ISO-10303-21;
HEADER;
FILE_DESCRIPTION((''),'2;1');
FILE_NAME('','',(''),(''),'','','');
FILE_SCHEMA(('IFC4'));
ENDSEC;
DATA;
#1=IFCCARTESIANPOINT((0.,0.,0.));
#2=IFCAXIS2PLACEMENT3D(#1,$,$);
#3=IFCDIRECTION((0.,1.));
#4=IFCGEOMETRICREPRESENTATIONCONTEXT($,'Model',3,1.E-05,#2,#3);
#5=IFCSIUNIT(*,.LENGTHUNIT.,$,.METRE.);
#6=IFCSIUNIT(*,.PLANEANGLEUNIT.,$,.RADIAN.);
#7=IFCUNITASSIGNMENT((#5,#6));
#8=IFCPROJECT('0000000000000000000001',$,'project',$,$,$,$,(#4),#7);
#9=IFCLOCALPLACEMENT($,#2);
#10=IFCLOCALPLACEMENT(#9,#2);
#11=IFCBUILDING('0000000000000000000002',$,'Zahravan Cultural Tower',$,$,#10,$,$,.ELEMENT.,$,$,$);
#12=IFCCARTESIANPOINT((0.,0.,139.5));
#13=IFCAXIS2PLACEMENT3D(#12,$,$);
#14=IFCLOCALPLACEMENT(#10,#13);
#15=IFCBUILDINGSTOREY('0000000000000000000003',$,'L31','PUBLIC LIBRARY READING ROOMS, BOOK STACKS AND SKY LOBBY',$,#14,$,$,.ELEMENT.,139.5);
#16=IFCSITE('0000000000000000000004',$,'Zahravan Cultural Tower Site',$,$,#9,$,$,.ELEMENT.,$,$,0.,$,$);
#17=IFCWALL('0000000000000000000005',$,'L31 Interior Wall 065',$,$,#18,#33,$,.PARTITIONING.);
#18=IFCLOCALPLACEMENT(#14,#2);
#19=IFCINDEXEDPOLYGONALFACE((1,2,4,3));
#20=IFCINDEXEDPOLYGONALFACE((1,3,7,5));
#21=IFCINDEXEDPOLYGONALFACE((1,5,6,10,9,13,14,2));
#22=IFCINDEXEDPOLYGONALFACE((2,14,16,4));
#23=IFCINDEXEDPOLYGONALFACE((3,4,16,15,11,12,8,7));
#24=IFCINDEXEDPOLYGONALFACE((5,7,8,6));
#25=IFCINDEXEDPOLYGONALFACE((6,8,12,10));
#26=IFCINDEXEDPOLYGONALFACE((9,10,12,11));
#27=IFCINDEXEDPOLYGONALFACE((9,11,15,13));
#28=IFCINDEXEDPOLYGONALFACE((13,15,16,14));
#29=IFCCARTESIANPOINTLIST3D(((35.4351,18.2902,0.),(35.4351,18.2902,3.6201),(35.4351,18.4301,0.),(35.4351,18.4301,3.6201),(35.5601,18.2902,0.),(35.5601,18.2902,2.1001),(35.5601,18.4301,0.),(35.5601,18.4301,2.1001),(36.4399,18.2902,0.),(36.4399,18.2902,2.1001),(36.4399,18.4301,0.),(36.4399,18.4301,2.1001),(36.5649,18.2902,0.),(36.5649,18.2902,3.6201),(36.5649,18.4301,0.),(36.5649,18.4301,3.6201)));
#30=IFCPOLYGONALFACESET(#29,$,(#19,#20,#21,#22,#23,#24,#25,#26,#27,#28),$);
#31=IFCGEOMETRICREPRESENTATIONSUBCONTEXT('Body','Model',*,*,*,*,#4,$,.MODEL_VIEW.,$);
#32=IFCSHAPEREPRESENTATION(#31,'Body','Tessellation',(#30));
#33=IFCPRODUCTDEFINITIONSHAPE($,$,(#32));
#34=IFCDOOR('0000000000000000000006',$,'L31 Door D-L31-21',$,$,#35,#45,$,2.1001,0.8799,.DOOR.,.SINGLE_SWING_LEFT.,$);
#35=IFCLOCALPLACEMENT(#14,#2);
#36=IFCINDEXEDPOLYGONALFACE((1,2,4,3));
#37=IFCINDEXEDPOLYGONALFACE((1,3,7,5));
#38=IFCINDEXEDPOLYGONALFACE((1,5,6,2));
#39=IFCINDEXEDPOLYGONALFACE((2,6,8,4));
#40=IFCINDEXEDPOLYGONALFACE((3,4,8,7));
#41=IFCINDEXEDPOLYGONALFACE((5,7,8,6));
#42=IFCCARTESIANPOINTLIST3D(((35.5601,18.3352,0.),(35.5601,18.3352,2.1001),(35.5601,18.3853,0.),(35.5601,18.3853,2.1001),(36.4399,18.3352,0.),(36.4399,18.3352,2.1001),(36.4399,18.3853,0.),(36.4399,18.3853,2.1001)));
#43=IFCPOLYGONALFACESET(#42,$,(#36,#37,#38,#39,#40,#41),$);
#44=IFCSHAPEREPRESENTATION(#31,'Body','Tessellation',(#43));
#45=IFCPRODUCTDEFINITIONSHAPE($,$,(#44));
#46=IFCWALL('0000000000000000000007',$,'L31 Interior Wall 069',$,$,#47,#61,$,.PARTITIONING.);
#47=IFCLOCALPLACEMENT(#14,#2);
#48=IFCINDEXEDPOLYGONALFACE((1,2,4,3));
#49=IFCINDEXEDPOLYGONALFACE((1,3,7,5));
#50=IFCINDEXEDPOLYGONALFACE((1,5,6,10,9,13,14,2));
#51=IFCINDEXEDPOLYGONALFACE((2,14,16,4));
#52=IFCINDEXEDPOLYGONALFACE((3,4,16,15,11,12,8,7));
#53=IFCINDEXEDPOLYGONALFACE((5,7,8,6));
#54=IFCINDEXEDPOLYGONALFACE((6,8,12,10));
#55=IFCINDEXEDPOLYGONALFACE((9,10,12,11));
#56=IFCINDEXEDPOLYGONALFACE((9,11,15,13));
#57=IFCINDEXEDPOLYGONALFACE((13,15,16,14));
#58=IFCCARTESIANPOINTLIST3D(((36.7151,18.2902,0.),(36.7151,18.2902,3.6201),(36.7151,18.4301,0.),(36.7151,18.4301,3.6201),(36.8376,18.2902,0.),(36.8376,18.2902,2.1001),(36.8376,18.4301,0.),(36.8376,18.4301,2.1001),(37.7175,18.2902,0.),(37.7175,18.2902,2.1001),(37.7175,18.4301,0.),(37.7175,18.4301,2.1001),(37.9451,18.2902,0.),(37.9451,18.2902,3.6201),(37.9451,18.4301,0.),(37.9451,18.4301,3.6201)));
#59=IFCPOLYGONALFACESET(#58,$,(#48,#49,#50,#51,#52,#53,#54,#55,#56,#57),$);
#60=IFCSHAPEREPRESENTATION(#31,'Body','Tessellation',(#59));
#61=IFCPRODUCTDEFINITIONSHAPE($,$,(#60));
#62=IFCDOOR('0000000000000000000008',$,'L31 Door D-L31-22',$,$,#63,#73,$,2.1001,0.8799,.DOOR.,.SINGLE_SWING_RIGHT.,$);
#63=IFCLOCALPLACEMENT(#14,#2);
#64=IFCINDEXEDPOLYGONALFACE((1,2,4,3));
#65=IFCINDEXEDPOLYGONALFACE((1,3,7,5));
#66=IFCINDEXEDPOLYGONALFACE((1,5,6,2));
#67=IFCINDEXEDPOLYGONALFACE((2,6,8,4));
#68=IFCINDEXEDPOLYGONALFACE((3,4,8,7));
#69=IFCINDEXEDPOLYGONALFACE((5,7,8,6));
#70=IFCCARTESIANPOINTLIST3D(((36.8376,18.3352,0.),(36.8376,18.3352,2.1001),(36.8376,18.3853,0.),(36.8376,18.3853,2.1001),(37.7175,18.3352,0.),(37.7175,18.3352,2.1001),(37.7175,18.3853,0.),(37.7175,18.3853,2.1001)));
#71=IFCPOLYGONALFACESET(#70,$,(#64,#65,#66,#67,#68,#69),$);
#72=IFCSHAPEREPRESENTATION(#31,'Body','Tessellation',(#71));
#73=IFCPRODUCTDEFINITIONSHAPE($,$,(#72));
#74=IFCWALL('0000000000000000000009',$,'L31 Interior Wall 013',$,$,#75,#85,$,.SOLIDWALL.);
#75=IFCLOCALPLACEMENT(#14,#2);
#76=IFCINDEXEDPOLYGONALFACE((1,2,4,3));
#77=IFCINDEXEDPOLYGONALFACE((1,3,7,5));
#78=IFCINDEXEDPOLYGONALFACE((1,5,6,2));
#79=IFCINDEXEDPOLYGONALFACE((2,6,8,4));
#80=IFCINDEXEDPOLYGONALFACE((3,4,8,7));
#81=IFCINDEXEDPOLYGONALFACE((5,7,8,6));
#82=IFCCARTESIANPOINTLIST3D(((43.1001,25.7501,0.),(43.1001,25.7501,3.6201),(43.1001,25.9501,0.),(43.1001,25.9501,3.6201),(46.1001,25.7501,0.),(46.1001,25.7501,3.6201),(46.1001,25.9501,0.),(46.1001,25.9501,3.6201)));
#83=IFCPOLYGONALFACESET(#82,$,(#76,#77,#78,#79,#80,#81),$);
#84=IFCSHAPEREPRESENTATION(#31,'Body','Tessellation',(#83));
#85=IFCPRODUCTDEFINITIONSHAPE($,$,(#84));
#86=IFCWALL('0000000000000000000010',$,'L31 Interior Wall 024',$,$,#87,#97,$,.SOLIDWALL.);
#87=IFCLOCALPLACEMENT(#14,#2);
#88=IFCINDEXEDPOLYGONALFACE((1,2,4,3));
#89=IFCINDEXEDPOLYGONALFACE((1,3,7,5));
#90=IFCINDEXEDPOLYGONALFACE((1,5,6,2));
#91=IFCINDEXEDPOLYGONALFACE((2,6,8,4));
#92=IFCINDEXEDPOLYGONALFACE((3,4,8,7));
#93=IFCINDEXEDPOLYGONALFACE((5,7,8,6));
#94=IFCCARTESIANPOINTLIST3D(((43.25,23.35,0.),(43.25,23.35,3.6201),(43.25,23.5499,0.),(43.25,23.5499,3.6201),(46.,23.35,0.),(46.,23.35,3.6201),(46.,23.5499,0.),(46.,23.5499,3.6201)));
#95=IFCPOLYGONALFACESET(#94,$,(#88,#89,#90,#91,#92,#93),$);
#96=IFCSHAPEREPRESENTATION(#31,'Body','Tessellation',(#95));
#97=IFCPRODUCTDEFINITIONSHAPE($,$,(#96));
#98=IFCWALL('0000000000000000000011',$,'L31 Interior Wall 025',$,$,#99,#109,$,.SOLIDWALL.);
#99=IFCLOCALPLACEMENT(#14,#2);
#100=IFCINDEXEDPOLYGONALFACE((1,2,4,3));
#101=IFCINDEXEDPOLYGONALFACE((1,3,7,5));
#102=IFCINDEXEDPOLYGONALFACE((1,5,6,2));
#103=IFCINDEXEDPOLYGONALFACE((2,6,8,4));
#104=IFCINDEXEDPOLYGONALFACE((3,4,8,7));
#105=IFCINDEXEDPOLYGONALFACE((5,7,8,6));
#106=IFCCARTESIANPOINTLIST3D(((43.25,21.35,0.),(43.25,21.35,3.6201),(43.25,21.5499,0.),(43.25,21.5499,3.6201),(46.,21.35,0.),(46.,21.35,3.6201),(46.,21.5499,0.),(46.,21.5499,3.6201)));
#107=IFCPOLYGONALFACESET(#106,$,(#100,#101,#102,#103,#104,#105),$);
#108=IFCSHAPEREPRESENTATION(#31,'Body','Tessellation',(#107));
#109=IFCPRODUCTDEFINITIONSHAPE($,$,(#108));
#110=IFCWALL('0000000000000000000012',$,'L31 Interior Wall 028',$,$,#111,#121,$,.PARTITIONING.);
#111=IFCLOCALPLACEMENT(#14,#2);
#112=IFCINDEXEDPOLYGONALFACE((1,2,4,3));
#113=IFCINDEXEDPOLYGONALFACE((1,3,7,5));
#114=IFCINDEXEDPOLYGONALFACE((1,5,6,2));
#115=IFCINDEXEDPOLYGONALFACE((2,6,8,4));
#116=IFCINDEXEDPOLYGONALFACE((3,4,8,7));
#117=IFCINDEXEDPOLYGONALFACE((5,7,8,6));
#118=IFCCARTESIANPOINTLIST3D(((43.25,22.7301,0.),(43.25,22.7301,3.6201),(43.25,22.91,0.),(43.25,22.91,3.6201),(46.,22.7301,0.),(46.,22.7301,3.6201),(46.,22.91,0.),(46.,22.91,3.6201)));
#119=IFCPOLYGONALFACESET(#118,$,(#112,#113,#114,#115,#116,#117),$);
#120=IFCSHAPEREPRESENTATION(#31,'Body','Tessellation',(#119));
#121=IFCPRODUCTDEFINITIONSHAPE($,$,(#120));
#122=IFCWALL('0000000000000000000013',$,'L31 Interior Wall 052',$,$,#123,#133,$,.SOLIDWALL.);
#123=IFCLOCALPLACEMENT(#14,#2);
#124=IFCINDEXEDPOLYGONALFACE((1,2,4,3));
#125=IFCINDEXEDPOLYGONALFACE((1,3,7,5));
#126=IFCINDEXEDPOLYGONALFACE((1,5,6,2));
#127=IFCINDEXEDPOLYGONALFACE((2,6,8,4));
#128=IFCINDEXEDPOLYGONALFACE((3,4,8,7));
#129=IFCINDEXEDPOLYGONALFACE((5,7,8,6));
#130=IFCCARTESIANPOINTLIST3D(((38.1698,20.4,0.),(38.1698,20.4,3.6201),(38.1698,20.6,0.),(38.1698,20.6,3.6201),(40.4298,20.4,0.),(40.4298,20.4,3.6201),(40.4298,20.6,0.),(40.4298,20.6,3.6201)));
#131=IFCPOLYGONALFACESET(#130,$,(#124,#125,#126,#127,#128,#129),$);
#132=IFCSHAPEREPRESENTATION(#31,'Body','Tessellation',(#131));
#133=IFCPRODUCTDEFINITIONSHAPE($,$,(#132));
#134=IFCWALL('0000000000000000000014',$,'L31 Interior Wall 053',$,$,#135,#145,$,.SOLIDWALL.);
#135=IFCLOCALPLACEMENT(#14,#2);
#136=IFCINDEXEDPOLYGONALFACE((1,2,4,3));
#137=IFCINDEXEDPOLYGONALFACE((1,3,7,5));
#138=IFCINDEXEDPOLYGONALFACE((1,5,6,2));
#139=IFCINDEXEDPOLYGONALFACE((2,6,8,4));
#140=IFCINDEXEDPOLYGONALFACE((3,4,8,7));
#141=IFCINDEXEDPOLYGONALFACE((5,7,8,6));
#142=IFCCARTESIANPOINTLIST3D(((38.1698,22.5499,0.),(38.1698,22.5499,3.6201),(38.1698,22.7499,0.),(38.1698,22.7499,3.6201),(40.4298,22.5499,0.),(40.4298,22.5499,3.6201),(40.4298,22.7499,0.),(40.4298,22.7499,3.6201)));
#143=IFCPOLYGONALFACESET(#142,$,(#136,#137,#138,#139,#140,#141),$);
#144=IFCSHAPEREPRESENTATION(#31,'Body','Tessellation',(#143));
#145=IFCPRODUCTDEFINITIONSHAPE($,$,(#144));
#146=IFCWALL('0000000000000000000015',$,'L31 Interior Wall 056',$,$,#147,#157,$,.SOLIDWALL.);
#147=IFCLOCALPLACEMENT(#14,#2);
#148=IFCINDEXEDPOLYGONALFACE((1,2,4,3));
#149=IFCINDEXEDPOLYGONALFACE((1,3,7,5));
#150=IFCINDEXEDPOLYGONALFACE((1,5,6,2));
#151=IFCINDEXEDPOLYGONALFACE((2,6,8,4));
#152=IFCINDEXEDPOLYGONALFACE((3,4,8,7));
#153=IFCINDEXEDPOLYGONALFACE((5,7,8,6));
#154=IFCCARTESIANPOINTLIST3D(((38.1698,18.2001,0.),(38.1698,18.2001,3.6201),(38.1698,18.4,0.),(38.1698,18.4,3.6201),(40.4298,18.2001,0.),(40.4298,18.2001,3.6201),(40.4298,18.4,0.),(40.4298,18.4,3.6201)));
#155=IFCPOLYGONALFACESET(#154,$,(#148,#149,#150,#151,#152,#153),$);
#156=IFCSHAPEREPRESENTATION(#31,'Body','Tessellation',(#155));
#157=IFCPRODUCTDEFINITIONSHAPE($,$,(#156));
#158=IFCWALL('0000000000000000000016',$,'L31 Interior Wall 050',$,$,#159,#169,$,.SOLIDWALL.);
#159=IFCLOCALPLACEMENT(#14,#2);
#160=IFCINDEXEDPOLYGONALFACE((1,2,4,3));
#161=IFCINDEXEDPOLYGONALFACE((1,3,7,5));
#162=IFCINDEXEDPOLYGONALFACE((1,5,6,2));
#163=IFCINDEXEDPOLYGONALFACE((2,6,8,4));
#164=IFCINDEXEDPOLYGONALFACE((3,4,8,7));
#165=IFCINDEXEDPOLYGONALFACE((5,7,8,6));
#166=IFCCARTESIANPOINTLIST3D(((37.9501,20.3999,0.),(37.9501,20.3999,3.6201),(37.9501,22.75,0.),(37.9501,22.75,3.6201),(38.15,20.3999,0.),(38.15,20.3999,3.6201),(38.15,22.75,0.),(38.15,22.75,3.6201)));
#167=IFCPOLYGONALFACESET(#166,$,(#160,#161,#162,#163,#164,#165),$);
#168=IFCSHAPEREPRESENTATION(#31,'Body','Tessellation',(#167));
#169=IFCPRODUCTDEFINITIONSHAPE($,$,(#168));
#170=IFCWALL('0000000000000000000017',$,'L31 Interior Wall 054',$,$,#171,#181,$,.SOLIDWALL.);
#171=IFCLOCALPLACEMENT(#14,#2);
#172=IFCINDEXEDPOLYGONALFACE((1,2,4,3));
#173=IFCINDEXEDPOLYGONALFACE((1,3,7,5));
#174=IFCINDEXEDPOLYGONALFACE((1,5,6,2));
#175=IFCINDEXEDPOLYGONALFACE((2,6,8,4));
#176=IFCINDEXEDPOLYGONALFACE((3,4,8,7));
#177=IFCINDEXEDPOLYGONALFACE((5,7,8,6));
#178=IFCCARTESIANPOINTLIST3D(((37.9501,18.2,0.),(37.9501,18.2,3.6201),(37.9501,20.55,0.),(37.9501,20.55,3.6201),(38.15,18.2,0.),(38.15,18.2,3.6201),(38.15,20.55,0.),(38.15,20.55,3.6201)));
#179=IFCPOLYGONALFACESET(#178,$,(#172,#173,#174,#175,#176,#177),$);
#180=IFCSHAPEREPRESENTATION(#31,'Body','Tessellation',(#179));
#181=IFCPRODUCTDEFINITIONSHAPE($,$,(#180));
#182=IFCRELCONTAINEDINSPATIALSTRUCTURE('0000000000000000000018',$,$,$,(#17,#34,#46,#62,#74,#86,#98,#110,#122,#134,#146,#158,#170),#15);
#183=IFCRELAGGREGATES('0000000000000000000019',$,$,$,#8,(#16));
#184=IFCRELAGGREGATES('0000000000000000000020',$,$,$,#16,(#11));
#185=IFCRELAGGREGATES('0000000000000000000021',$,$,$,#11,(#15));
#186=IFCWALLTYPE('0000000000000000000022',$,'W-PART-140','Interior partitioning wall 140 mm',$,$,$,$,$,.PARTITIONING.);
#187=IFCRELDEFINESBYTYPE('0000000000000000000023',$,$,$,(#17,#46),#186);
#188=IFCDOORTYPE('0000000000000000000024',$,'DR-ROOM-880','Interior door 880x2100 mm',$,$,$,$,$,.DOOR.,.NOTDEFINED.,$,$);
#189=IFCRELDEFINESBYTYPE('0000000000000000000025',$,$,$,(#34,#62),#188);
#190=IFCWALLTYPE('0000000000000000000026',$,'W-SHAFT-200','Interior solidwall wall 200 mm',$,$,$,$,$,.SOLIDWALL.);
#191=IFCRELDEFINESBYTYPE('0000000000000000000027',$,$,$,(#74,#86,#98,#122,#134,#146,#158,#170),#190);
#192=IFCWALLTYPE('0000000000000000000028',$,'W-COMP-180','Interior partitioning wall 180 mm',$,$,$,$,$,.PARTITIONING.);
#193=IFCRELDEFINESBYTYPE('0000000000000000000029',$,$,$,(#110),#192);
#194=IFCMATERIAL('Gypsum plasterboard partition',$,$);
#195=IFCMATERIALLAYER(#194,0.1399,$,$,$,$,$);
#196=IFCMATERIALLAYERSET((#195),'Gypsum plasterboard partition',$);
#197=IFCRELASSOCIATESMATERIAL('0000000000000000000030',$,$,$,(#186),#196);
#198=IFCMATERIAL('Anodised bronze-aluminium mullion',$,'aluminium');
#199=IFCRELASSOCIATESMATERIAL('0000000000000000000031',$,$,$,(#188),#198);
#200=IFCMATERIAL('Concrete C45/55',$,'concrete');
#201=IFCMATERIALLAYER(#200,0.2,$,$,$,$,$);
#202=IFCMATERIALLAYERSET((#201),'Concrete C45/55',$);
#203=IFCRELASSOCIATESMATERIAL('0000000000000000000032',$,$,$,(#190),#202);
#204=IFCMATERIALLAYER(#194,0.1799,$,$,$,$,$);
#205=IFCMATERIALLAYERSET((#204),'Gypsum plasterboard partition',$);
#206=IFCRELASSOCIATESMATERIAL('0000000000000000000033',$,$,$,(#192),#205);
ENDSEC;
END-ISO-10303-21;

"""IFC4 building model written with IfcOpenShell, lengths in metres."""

from ifc_helpers import new_model, si_unit, direction, frame, frame_2d, origin, place, context, subcontext, project, spatial, rectangle, extrude, source, transform, mapped, material, layer, layer_set, type_object, element, fill, save


model = new_model("IFC4")

# Units and contexts
model_context = context("Model", 3, precision=1e-05, world=origin(), true_north=direction((0.0, 1.0)))
body_context = subcontext(model_context, "Body", "Model", "MODEL_VIEW")
ifc_project = project(units=[si_unit("LENGTHUNIT", "METRE"), si_unit("PLANEANGLEUNIT", "RADIAN")], contexts=[model_context])

# Site, building, storey
site_placement = place(None, origin())
site = spatial("IfcSite", under=ifc_project, at=site_placement, Name="Zahravan Cultural Tower Site", CompositionType="ELEMENT", RefElevation=0.0)
building_placement = place(site_placement, origin())
building = spatial("IfcBuilding", under=site, at=building_placement, Name="Zahravan Cultural Tower", CompositionType="ELEMENT")
storey_placement = place(building_placement, frame((0.0, 0.0, 139.5)))
storey = spatial("IfcBuildingStorey", under=building, at=storey_placement, Name="L31", Description="PUBLIC LIBRARY READING ROOMS, BOOK STACKS AND SKY LOBBY", CompositionType="ELEMENT", Elevation=139.5)

# Walls, openings, doors
ifc_material_1 = material(Name="Gypsum plasterboard partition")
ifc_layer_1 = layer(ifc_material_1, 0.1399)
ifc_layer_set_1 = layer_set([ifc_layer_1], Name="Gypsum plasterboard partition")
wall_type_1 = type_object("IfcWallType", Name="W-PART-140", Description="Interior partitioning wall 140 mm", PredefinedType="PARTITIONING", material=ifc_layer_set_1)
wall_1_placement = place(storey_placement, frame((36.5649, 18.3601, 0.0), z_axis=(0.0, 0.0, 1.0), x_axis=(-1.0, 0.0, 0.0)))
wall_1 = element("IfcWall", 1, at=wall_1_placement, inside=storey, type_object=wall_type_1, Name="L31 Interior Wall 065", PredefinedType="PARTITIONING", context=body_context, shape_type="SweptSolid", body=[
    extrude(rectangle(XDim=1.1299, YDim=0.1399, at=frame_2d((0.5649, 0.0))), origin(), (0.0, 0.0, 1.0), 3.6201),
])
opening_1_placement = place(wall_1_placement, frame((0.125, 0.0, 0.0)))
opening_1 = element("IfcOpeningElement", 2, at=opening_1_placement, cuts=wall_1, PredefinedType="OPENING", context=body_context, shape_type="SweptSolid", body=[
    extrude(rectangle(XDim=0.8799, YDim=2.1001, at=frame_2d((0.4399, 1.05))), frame((0.0, 0.0798, 0.0), z_axis=(0.0, -1.0, 0.0), x_axis=(1.0, 0.0, 0.0)), (0.0, 0.0, 1.0), 0.1599),
])
ifc_material_2 = material(Name="Anodised bronze-aluminium mullion", Category="aluminium")
door_type_1 = type_object("IfcDoorType", Name="DR-ROOM-880", Description="Interior door 880x2100 mm", OperationType="NOTDEFINED", PredefinedType="DOOR", material=ifc_material_2)
shared_shape_1 = source(origin(), body_context, "Body", "SweptSolid", [
    extrude(rectangle(XDim=0.8799, YDim=2.1001, at=frame_2d((0.4399, 1.05))), frame((0.0, 0.0249, 0.0), z_axis=(0.0, -1.0, 0.0), x_axis=(1.0, 0.0, 0.0)), (0.0, 0.0, 1.0), 0.05),
])
door_1_placement = place(opening_1_placement, origin())
door_1 = element("IfcDoor", 3, at=door_1_placement, inside=storey, type_object=door_type_1, Name="L31 Door D-L31-21", OperationType="SINGLE_SWING_LEFT", OverallHeight=2.1001, OverallWidth=0.8799, PredefinedType="DOOR", context=body_context, shape_type="MappedRepresentation", body=[
    mapped(shared_shape_1, transform((0.0, 0.0, 0.0), x_axis=(1.0, 0.0, 0.0), y_axis=(0.0, 1.0, 0.0), z_axis=(0.0, 0.0, 1.0), scale=1.0)),
])
fill(opening_1, door_1)
wall_2_placement = place(storey_placement, frame((37.9451, 18.3601, 0.0), z_axis=(0.0, 0.0, 1.0), x_axis=(-1.0, 0.0, 0.0)))
wall_2 = element("IfcWall", 4, at=wall_2_placement, inside=storey, type_object=wall_type_1, Name="L31 Interior Wall 069", PredefinedType="PARTITIONING", context=body_context, shape_type="SweptSolid", body=[
    extrude(rectangle(XDim=1.23, YDim=0.1399, at=frame_2d((0.615, 0.0))), origin(), (0.0, 0.0, 1.0), 3.6201),
])
opening_2_placement = place(wall_2_placement, frame((0.2275, 0.0, 0.0)))
opening_2 = element("IfcOpeningElement", 5, at=opening_2_placement, cuts=wall_2, PredefinedType="OPENING", context=body_context, shape_type="SweptSolid", body=[
    extrude(rectangle(XDim=0.8799, YDim=2.1001, at=frame_2d((0.4399, 1.05))), frame((0.0, 0.0798, 0.0), z_axis=(0.0, -1.0, 0.0), x_axis=(1.0, 0.0, 0.0)), (0.0, 0.0, 1.0), 0.1599),
])
door_2_placement = place(opening_2_placement, origin())
door_2 = element("IfcDoor", 6, at=door_2_placement, inside=storey, type_object=door_type_1, Name="L31 Door D-L31-22", OperationType="SINGLE_SWING_RIGHT", OverallHeight=2.1001, OverallWidth=0.8799, PredefinedType="DOOR", context=body_context, shape_type="MappedRepresentation", body=[
    mapped(shared_shape_1, transform((0.0, 0.0, 0.0), x_axis=(1.0, 0.0, 0.0), y_axis=(0.0, 1.0, 0.0), z_axis=(0.0, 0.0, 1.0), scale=1.0)),
])
fill(opening_2, door_2)
ifc_material_3 = material(Name="Concrete C45/55", Category="concrete")
ifc_layer_2 = layer(ifc_material_3, 0.2)
ifc_layer_set_2 = layer_set([ifc_layer_2], Name="Concrete C45/55")
wall_type_2 = type_object("IfcWallType", Name="W-SHAFT-200", Description="Interior solidwall wall 200 mm", PredefinedType="SOLIDWALL", material=ifc_layer_set_2)

# Walls
shared_shape_2 = source(origin(), body_context, "Body", "SweptSolid", [
    extrude(rectangle(XDim=3.0, YDim=0.2, at=frame_2d((1.5, 0.0))), origin(), (0.0, 0.0, 1.0), 3.6201),
])
wall_3_placement = place(storey_placement, frame((43.1001, 25.8501, 0.0), z_axis=(0.0, 0.0, 1.0), x_axis=(1.0, 0.0, 0.0)))
element("IfcWall", 7, at=wall_3_placement, inside=storey, type_object=wall_type_2, Name="L31 Interior Wall 013", PredefinedType="SOLIDWALL", context=body_context, shape_type="MappedRepresentation", body=[
    mapped(shared_shape_2, transform((0.0, 0.0, 0.0), x_axis=(1.0, 0.0, 0.0), y_axis=(0.0, 1.0, 0.0), z_axis=(0.0, 0.0, 1.0), scale=1.0)),
])
shared_shape_3 = source(origin(), body_context, "Body", "SweptSolid", [
    extrude(rectangle(XDim=2.75, YDim=0.2, at=frame_2d((1.375, 0.0))), origin(), (0.0, 0.0, 1.0), 3.6201),
])
for number, where, z_axis, x_axis, name in (
    (8, (43.25, 23.45, 0.0), (0.0, 0.0, 1.0), (1.0, 0.0, 0.0), "L31 Interior Wall 024"),
    (9, (43.25, 21.45, 0.0), (0.0, 0.0, 1.0), (1.0, 0.0, 0.0), "L31 Interior Wall 025"),
):
    element("IfcWall", number, at=place(storey_placement, frame(where, z_axis=z_axis, x_axis=x_axis)), inside=storey, type_object=wall_type_2, Name=name, PredefinedType="SOLIDWALL", context=body_context, shape_type="MappedRepresentation", body=[
        mapped(shared_shape_3, transform((0.0, 0.0, 0.0), x_axis=(1.0, 0.0, 0.0), y_axis=(0.0, 1.0, 0.0), z_axis=(0.0, 0.0, 1.0), scale=1.0)),
    ])
ifc_layer_3 = layer(ifc_material_1, 0.1799)
ifc_layer_set_3 = layer_set([ifc_layer_3], Name="Gypsum plasterboard partition")
wall_type_3 = type_object("IfcWallType", Name="W-COMP-180", Description="Interior partitioning wall 180 mm", PredefinedType="PARTITIONING", material=ifc_layer_set_3)
shared_shape_4 = source(origin(), body_context, "Body", "SweptSolid", [
    extrude(rectangle(XDim=2.75, YDim=0.1799, at=frame_2d((1.375, 0.0))), origin(), (0.0, 0.0, 1.0), 3.6201),
])
wall_4_placement = place(storey_placement, frame((43.25, 22.8201, 0.0), z_axis=(0.0, 0.0, 1.0), x_axis=(1.0, 0.0, 0.0)))
element("IfcWall", 10, at=wall_4_placement, inside=storey, type_object=wall_type_3, Name="L31 Interior Wall 028", PredefinedType="PARTITIONING", context=body_context, shape_type="MappedRepresentation", body=[
    mapped(shared_shape_4, transform((0.0, 0.0, 0.0), x_axis=(1.0, 0.0, 0.0), y_axis=(0.0, 1.0, 0.0), z_axis=(0.0, 0.0, 1.0), scale=1.0)),
])
shared_shape_5 = source(origin(), body_context, "Body", "SweptSolid", [
    extrude(rectangle(XDim=2.26, YDim=0.2, at=frame_2d((1.1299, 0.0))), origin(), (0.0, 0.0, 1.0), 3.6201),
])
for number, where, z_axis, x_axis, name in (
    (11, (38.1699, 20.5, 0.0), (0.0, 0.0, 1.0), (1.0, 0.0, 0.0), "L31 Interior Wall 052"),
    (12, (38.1699, 22.6499, 0.0), (0.0, 0.0, 1.0), (1.0, 0.0, 0.0), "L31 Interior Wall 053"),
    (13, (38.1699, 18.3, 0.0), (0.0, 0.0, 1.0), (1.0, 0.0, 0.0), "L31 Interior Wall 056"),
):
    element("IfcWall", number, at=place(storey_placement, frame(where, z_axis=z_axis, x_axis=x_axis)), inside=storey, type_object=wall_type_2, Name=name, PredefinedType="SOLIDWALL", context=body_context, shape_type="MappedRepresentation", body=[
        mapped(shared_shape_5, transform((0.0, 0.0, 0.0), x_axis=(1.0, 0.0, 0.0), y_axis=(0.0, 1.0, 0.0), z_axis=(0.0, 0.0, 1.0), scale=1.0)),
    ])
shared_shape_6 = source(origin(), body_context, "Body", "SweptSolid", [
    extrude(rectangle(XDim=2.3501, YDim=0.2, at=frame_2d((1.175, 0.0))), origin(), (0.0, 0.0, 1.0), 3.6201),
])
for number, where, z_axis, x_axis, name in (
    (14, (38.05, 20.3999, 0.0), (0.0, 0.0, 1.0), (0.0, 1.0, 0.0), "L31 Interior Wall 050"),
    (15, (38.05, 18.2, 0.0), (0.0, 0.0, 1.0), (0.0, 1.0, 0.0), "L31 Interior Wall 054"),
):
    element("IfcWall", number, at=place(storey_placement, frame(where, z_axis=z_axis, x_axis=x_axis)), inside=storey, type_object=wall_type_2, Name=name, PredefinedType="SOLIDWALL", context=body_context, shape_type="MappedRepresentation", body=[
        mapped(shared_shape_6, transform((0.0, 0.0, 0.0), x_axis=(1.0, 0.0, 0.0), y_axis=(0.0, 1.0, 0.0), z_axis=(0.0, 0.0, 1.0), scale=1.0)),
    ])

save(model, "model.ifc")
